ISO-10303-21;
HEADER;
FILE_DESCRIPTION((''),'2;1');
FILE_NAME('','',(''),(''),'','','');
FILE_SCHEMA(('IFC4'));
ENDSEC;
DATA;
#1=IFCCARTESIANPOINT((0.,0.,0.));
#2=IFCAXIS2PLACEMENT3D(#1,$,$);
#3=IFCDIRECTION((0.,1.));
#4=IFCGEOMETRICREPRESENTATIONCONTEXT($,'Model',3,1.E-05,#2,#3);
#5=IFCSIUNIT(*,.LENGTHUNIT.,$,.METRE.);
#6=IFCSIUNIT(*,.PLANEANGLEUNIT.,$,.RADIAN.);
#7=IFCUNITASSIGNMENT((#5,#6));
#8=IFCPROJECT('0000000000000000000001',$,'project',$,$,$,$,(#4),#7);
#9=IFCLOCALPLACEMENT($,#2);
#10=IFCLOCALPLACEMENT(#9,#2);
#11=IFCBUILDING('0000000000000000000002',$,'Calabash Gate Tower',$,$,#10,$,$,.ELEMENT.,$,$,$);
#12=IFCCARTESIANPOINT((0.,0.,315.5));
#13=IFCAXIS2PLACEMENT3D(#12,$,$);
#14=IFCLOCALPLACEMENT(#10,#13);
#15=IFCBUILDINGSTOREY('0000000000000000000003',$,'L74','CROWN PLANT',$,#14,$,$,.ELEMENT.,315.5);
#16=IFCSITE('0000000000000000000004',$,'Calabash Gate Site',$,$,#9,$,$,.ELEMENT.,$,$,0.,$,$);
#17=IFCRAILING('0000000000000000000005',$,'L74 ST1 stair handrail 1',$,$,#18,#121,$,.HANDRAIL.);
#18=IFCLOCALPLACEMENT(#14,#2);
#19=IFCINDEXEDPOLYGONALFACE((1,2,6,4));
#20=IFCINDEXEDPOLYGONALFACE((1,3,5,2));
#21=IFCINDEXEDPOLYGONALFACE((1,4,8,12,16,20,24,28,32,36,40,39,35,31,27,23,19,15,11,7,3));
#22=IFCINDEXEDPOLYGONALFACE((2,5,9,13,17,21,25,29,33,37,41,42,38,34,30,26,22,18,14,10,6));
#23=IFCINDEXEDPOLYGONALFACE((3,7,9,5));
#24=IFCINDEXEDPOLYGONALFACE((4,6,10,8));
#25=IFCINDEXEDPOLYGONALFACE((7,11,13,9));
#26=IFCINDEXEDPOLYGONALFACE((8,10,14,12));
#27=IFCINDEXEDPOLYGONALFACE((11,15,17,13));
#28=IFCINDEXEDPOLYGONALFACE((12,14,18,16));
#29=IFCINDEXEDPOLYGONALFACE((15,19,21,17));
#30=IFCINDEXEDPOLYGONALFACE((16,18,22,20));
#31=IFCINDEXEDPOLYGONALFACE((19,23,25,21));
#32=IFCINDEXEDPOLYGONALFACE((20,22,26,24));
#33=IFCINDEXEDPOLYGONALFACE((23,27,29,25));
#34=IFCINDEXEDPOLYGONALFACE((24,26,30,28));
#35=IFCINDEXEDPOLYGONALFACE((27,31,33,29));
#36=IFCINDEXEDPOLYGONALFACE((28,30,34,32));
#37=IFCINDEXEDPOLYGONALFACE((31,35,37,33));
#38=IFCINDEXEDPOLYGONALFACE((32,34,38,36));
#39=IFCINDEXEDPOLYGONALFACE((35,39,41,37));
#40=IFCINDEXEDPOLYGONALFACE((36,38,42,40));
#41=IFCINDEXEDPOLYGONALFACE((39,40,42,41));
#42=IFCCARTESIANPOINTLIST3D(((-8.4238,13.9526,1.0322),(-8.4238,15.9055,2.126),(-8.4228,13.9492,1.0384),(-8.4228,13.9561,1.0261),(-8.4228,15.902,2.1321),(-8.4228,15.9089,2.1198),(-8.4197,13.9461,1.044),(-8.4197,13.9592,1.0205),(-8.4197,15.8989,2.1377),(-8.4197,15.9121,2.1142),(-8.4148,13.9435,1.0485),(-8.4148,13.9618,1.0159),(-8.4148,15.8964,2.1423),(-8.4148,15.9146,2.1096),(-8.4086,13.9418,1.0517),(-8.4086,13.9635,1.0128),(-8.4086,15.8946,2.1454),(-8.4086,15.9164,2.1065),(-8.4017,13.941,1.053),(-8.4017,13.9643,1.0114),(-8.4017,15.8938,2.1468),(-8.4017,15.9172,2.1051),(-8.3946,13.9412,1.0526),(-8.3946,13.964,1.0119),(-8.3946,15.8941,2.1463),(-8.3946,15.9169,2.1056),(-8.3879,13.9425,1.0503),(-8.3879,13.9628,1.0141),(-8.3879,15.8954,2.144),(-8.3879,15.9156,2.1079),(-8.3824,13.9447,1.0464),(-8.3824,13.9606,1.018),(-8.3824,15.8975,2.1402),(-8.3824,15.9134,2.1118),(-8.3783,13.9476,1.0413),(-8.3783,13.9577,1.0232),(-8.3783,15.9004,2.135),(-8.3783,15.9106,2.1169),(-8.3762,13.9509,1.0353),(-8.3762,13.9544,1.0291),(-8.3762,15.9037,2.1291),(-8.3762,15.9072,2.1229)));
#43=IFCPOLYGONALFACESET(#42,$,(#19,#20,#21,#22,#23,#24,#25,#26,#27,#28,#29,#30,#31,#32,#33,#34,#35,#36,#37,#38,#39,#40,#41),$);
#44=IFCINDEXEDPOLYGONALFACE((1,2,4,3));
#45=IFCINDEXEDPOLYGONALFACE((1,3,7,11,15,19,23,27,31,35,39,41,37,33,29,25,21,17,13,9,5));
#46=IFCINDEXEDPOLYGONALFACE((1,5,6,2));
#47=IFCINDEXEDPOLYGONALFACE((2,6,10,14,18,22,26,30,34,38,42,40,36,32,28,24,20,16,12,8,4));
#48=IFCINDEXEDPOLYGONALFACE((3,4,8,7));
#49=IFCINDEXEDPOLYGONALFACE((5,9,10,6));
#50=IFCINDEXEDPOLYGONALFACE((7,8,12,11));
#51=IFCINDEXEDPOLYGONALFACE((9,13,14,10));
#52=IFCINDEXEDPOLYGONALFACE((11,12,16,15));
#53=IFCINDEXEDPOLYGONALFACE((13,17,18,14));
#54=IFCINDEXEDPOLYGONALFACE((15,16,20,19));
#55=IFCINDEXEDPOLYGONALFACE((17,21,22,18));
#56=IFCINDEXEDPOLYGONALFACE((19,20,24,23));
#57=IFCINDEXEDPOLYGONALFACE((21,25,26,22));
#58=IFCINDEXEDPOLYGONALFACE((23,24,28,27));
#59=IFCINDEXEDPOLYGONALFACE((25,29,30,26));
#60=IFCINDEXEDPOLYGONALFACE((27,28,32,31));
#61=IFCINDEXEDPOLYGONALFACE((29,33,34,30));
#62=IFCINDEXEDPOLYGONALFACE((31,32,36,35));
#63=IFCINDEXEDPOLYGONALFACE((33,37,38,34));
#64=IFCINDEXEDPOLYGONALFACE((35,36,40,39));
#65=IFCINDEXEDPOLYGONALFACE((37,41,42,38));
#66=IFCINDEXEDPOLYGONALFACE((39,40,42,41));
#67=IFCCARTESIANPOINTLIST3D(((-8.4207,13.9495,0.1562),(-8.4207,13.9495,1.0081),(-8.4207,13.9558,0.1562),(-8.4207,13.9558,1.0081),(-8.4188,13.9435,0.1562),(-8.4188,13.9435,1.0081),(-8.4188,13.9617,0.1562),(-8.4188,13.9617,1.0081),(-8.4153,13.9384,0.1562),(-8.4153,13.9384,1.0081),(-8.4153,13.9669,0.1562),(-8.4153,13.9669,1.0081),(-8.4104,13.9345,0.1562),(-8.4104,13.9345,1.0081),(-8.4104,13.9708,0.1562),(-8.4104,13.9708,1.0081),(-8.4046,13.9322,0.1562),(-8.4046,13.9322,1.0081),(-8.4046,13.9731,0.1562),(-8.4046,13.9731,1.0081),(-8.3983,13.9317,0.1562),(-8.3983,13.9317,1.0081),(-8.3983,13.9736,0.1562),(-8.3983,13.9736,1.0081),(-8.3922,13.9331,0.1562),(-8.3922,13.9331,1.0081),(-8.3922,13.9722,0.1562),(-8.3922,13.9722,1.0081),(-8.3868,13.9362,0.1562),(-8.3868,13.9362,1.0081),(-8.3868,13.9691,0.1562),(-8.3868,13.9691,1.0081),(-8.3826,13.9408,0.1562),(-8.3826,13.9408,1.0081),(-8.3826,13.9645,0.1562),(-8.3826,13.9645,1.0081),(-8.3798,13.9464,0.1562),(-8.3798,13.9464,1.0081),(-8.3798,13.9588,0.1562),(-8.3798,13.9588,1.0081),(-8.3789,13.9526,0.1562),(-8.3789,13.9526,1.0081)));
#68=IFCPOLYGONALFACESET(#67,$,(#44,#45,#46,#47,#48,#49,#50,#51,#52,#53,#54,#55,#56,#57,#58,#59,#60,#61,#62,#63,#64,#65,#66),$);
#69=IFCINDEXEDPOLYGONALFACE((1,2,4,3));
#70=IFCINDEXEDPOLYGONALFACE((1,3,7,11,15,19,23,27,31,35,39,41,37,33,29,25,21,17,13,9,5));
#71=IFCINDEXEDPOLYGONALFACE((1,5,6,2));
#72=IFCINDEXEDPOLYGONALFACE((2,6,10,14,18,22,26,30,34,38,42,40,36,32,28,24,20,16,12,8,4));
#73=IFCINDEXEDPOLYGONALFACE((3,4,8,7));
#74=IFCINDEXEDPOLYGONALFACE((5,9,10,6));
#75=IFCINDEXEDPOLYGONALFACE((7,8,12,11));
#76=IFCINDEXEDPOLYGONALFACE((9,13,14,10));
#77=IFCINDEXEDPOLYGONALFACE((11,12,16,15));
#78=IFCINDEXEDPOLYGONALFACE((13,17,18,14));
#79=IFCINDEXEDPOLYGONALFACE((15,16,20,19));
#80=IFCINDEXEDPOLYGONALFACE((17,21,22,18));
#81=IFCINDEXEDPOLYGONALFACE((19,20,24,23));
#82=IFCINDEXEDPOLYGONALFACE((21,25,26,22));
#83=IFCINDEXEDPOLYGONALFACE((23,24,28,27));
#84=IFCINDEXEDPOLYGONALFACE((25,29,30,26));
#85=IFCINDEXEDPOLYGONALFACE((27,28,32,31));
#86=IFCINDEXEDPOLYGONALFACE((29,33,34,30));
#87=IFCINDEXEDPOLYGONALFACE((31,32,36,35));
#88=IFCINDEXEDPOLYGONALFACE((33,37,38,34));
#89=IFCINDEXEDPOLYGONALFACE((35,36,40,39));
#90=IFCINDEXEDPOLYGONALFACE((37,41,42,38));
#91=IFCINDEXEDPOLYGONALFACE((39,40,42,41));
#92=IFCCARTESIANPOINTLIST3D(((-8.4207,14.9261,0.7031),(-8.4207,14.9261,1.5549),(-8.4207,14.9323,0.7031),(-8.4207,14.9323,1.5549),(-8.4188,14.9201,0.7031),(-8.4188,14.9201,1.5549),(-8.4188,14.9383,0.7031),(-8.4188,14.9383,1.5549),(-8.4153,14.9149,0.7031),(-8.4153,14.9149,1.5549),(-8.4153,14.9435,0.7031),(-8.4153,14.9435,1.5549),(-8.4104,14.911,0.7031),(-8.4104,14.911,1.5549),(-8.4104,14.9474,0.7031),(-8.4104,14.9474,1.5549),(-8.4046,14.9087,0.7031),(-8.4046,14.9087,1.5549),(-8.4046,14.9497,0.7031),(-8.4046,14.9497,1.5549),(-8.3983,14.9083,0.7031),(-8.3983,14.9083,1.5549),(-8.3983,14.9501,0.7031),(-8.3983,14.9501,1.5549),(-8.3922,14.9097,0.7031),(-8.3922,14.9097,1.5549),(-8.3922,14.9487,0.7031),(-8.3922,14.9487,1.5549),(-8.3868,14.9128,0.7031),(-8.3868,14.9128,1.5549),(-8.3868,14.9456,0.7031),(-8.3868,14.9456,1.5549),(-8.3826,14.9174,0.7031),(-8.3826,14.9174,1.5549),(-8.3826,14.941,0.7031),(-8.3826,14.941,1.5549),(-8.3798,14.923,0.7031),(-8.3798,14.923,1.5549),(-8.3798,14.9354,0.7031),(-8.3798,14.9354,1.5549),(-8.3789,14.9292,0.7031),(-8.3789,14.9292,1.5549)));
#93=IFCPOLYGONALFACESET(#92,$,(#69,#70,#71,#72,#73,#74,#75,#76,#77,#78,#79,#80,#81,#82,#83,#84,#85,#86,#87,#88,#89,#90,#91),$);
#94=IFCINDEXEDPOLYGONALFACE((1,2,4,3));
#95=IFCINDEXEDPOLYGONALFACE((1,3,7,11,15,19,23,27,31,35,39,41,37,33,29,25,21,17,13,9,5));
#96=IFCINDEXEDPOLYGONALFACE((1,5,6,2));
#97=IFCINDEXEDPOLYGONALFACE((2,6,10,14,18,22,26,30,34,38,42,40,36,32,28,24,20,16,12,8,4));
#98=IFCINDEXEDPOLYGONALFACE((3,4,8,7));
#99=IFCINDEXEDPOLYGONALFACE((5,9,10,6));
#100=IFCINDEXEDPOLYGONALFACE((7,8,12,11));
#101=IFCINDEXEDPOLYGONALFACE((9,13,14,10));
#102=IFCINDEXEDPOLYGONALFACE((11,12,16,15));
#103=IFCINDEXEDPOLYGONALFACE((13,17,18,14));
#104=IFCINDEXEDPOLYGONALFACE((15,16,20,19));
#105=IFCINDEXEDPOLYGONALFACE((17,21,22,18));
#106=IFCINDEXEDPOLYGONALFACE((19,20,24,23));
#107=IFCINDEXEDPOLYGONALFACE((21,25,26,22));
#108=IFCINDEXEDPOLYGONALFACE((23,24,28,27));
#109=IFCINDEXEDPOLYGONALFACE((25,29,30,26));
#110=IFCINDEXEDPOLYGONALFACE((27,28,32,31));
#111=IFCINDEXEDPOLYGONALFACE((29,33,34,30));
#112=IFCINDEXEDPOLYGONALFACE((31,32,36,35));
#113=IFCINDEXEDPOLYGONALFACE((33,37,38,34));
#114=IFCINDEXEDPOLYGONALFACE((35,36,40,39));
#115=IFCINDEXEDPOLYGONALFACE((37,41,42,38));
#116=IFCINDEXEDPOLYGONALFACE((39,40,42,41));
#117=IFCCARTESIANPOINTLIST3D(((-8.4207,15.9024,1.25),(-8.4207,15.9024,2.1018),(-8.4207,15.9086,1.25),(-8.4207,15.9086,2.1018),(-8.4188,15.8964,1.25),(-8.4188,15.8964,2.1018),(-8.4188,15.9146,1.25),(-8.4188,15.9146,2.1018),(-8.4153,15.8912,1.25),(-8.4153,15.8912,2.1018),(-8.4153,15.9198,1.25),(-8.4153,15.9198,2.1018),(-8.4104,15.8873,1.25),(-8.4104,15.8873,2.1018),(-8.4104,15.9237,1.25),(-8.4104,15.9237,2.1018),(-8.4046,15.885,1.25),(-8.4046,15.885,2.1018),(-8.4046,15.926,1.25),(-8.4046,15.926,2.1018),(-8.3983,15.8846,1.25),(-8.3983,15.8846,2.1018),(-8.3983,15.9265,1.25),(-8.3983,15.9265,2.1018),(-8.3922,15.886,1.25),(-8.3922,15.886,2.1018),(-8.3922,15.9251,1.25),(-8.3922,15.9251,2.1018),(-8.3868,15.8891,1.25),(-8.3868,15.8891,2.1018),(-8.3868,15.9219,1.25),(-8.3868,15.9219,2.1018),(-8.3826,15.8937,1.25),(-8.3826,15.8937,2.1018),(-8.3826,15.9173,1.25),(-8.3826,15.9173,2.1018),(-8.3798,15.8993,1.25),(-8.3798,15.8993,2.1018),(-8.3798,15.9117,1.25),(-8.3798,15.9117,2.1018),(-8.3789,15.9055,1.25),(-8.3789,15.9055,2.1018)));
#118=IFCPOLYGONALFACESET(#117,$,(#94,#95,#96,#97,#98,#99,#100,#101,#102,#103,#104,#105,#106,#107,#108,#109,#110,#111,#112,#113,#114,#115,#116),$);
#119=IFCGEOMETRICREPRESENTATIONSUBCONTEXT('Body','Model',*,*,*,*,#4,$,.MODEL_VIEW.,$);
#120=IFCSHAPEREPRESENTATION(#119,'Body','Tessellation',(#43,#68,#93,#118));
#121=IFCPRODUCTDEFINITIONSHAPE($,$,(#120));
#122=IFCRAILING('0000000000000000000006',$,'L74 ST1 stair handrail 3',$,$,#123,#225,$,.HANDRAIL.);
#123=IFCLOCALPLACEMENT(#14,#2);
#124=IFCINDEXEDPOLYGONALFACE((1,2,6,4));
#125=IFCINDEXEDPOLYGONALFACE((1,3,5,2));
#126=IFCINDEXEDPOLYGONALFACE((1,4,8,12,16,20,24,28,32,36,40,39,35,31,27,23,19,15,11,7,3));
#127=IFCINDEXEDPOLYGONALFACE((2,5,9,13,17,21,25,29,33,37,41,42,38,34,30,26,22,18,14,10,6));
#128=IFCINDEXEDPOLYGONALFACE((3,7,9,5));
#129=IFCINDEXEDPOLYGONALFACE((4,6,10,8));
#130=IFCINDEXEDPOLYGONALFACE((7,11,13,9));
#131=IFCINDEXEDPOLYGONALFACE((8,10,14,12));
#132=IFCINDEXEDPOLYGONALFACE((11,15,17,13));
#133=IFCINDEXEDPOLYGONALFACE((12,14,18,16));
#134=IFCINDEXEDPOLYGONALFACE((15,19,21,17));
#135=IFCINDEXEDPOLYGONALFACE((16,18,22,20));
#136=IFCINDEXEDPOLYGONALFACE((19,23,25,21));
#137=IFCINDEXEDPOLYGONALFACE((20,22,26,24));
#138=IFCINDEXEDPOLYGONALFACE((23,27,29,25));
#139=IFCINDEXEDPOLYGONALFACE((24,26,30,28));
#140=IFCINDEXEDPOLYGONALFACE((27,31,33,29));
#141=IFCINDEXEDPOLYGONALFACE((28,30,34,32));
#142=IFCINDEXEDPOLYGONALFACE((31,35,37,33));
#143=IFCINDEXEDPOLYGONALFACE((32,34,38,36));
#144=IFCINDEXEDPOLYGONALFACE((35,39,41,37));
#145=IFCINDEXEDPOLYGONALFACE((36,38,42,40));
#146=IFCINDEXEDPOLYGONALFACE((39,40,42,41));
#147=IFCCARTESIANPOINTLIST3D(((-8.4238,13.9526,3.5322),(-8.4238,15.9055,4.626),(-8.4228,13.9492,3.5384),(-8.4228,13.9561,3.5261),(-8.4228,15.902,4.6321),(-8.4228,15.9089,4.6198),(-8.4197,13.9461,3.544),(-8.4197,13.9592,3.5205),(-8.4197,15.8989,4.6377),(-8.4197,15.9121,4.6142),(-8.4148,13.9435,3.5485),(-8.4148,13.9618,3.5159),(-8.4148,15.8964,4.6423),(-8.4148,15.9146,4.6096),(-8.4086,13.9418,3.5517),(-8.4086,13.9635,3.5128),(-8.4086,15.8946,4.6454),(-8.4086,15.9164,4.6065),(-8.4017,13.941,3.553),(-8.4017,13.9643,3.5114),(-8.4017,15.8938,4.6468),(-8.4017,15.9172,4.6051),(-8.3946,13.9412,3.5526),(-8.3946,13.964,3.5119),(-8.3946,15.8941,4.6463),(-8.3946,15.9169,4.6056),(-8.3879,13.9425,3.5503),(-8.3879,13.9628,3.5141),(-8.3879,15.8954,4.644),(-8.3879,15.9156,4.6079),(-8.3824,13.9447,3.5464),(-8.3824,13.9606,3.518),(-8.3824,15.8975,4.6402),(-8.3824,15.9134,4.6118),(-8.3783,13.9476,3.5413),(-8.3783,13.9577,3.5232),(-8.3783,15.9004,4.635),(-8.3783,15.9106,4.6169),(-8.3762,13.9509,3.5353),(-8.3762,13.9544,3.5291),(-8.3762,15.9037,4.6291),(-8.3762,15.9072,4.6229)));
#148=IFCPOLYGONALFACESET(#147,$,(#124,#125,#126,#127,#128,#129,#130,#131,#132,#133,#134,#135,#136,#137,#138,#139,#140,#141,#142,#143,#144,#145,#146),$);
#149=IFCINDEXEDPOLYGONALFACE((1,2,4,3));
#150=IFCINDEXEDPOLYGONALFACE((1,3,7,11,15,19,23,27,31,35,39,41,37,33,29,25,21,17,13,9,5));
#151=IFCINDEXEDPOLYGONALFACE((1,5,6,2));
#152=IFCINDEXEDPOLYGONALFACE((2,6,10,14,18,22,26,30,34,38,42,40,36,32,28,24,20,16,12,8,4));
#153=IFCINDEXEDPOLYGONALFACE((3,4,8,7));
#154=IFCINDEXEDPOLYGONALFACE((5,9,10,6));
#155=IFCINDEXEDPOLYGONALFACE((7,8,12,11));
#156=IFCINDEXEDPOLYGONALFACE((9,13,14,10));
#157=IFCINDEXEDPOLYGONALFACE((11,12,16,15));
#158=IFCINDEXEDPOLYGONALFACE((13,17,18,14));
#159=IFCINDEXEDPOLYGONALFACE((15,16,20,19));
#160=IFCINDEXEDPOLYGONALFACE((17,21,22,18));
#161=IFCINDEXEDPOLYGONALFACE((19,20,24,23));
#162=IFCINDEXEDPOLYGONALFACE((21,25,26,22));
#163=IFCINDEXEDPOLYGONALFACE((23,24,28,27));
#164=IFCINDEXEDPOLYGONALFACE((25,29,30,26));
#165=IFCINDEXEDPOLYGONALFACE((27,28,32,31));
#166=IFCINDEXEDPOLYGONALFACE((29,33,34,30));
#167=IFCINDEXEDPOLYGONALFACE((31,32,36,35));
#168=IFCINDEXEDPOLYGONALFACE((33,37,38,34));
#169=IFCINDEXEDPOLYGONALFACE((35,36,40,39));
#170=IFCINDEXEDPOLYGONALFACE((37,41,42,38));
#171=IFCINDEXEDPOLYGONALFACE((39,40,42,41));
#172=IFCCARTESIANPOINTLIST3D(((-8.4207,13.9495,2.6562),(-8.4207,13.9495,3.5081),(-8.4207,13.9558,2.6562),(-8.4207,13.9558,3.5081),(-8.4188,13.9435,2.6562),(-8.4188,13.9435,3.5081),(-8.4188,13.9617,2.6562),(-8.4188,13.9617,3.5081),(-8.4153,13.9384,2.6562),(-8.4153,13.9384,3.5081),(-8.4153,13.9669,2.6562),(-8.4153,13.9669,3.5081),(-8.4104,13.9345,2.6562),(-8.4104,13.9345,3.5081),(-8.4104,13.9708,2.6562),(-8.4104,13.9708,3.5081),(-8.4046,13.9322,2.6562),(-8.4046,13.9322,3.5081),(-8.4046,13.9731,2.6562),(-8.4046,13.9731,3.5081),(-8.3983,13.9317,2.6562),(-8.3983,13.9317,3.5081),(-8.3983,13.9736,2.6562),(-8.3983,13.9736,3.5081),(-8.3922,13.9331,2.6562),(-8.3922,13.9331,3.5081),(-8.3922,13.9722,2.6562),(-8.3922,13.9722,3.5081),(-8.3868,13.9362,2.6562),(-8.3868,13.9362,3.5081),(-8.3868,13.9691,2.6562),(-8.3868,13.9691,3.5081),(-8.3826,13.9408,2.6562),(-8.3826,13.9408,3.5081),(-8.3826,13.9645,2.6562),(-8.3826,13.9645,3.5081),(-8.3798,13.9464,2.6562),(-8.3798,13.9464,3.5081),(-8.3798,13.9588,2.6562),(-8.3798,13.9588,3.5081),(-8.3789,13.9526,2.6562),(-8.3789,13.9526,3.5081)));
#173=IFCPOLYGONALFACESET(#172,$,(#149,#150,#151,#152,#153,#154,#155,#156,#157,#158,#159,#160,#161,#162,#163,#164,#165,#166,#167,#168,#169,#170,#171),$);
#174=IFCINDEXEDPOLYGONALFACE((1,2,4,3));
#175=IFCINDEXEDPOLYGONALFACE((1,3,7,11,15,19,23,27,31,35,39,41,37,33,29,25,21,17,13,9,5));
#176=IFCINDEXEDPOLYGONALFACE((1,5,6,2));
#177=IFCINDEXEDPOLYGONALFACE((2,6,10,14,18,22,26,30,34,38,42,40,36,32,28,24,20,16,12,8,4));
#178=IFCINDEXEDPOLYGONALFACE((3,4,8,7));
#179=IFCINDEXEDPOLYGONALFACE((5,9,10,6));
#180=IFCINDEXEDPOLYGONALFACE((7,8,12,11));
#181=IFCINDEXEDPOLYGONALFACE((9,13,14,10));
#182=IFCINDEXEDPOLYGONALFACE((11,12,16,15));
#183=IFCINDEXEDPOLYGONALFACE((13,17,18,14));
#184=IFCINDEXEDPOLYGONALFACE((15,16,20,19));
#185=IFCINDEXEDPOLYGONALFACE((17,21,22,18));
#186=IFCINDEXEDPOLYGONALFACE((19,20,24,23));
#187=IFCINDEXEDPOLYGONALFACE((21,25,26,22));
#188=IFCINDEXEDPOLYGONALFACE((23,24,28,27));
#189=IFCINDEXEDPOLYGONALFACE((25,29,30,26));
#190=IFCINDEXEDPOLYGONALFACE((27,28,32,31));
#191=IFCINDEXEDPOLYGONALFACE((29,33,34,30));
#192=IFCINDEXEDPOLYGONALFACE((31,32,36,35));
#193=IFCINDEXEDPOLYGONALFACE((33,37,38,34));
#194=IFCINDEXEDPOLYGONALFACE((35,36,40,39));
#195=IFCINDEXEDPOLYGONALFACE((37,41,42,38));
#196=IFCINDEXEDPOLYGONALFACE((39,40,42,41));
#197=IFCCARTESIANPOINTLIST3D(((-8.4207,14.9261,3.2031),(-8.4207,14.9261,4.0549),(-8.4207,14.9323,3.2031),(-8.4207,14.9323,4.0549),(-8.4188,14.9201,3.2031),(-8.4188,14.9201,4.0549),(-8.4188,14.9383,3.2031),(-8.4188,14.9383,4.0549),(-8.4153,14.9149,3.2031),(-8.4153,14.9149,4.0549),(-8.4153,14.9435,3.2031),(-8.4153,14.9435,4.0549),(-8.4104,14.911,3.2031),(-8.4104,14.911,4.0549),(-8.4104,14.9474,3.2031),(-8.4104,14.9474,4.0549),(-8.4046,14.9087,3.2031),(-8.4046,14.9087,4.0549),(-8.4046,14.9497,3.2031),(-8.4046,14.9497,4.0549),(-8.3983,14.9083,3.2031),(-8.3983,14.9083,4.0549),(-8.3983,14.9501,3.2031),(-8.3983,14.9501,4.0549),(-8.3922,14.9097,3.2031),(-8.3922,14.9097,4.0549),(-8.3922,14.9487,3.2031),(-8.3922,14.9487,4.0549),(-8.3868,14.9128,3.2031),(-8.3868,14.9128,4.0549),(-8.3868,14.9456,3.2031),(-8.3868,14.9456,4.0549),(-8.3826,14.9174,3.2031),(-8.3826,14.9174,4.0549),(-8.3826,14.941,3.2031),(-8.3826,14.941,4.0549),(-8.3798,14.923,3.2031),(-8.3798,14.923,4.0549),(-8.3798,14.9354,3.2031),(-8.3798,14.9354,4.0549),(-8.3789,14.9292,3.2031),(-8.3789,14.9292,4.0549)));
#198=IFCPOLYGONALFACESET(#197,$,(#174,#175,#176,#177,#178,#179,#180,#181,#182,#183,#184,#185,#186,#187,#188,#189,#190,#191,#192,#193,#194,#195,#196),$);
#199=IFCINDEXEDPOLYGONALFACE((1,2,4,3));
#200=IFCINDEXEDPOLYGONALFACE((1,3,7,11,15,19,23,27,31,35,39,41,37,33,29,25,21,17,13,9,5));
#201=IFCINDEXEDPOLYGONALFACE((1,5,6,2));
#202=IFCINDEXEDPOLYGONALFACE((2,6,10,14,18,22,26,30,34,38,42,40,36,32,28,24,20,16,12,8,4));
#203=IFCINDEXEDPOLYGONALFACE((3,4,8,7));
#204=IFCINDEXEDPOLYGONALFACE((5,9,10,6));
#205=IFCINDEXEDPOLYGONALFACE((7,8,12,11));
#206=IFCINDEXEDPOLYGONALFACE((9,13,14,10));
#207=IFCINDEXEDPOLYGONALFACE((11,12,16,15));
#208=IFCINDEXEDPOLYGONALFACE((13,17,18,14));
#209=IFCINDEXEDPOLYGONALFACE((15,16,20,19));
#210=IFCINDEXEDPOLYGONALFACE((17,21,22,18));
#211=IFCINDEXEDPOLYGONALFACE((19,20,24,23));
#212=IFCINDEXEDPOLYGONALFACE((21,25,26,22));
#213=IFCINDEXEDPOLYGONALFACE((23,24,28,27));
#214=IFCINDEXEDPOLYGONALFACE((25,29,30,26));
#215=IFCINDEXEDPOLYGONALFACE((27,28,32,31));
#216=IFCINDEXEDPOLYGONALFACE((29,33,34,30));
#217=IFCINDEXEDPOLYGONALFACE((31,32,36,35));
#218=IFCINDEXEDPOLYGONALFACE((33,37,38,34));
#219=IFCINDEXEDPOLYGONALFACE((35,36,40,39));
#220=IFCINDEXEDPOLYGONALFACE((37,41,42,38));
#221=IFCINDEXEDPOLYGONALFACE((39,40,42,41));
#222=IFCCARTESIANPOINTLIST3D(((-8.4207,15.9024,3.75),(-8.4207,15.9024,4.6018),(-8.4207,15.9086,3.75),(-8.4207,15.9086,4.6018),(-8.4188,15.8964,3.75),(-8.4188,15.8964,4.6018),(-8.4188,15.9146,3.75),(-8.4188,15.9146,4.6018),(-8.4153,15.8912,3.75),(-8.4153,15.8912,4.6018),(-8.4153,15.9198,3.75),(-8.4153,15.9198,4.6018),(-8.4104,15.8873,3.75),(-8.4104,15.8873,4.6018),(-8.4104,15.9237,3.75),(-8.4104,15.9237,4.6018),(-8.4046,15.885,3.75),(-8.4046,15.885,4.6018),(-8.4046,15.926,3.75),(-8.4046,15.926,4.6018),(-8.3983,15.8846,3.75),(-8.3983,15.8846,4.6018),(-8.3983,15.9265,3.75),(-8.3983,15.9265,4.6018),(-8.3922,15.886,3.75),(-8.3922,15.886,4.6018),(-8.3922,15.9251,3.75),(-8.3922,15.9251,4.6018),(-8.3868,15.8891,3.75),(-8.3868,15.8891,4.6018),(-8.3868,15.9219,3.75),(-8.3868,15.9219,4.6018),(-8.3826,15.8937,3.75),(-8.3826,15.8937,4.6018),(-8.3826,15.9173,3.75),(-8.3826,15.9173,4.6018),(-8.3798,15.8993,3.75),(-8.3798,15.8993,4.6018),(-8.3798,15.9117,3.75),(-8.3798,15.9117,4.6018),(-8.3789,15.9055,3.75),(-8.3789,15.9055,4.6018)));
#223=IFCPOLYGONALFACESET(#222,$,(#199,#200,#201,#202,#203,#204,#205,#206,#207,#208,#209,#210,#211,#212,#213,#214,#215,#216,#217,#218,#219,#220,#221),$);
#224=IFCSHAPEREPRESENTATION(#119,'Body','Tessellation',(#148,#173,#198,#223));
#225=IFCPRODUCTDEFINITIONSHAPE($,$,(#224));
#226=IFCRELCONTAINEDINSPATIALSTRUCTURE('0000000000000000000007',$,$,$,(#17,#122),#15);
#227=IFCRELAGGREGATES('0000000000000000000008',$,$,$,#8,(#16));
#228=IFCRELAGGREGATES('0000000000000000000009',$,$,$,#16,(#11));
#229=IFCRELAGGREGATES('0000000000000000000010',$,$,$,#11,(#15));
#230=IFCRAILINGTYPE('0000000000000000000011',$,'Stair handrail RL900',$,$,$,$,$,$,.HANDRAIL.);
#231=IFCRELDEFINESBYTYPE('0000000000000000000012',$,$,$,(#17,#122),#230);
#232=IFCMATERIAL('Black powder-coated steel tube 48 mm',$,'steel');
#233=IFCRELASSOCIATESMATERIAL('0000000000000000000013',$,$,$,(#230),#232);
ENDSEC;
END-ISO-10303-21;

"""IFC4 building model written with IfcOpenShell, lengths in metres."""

from ifc_helpers import new_model, si_unit, direction, frame, origin, origin_2d, place, context, subcontext, project, spatial, circle, extrude, material, type_object, element, save


model = new_model("IFC4")

# Units and contexts
model_context = context("Model", 3, precision=1e-05, world=origin(), true_north=direction((0.0, 1.0)))
body_context = subcontext(model_context, "Body", "Model", "MODEL_VIEW")
ifc_project = project(units=[si_unit("LENGTHUNIT", "METRE"), si_unit("PLANEANGLEUNIT", "RADIAN")], contexts=[model_context])

# Site, building, storey
site_placement = place(None, origin())
site = spatial("IfcSite", under=ifc_project, at=site_placement, Name="Calabash Gate Site", CompositionType="ELEMENT", RefElevation=0.0)
building_placement = place(site_placement, origin())
building = spatial("IfcBuilding", under=site, at=building_placement, Name="Calabash Gate Tower", CompositionType="ELEMENT")
storey_placement = place(building_placement, frame((0.0, 0.0, 315.5)))
storey = spatial("IfcBuildingStorey", under=building, at=storey_placement, Name="L74", Description="CROWN PLANT", CompositionType="ELEMENT", Elevation=315.5)

# Railings
ifc_material_1 = material(Name="Black powder-coated steel tube 48 mm", Category="steel")
railing_type = type_object("IfcRailingType", Name="Stair handrail RL900", PredefinedType="HANDRAIL", material=ifc_material_1)
for number, where, name in (
    (1, (-8.3999, 13.9526, 0.1562), "L74 ST1 stair handrail 1"),
    (2, (-8.3999, 13.9526, 2.6562), "L74 ST1 stair handrail 3"),
):
    element("IfcRailing", number, at=place(storey_placement, frame(where)), inside=storey, type_object=railing_type, Name=name, PredefinedType="HANDRAIL", context=body_context, shape_type="SweptSolid", body=[
        extrude(circle(Radius=0.0239, at=origin_2d()), frame((0.0, 0.0, 0.876), z_axis=(0.0, 0.87248, 0.48865), x_axis=(-1.0, 0.0, 0.0)), (0.0, 0.0, 1.0), 2.2383),
        extrude(circle(Radius=0.021, at=origin_2d()), origin(), (0.0, 0.0, 1.0), 0.8518),
        extrude(circle(Radius=0.021, at=origin_2d()), frame((0.0, 0.9766, 0.5469)), (0.0, 0.0, 1.0), 0.8518),
        extrude(circle(Radius=0.021, at=origin_2d()), frame((0.0, 1.9529, 1.0938)), (0.0, 0.0, 1.0), 0.8518),
    ])

save(model, "model.ifc")
